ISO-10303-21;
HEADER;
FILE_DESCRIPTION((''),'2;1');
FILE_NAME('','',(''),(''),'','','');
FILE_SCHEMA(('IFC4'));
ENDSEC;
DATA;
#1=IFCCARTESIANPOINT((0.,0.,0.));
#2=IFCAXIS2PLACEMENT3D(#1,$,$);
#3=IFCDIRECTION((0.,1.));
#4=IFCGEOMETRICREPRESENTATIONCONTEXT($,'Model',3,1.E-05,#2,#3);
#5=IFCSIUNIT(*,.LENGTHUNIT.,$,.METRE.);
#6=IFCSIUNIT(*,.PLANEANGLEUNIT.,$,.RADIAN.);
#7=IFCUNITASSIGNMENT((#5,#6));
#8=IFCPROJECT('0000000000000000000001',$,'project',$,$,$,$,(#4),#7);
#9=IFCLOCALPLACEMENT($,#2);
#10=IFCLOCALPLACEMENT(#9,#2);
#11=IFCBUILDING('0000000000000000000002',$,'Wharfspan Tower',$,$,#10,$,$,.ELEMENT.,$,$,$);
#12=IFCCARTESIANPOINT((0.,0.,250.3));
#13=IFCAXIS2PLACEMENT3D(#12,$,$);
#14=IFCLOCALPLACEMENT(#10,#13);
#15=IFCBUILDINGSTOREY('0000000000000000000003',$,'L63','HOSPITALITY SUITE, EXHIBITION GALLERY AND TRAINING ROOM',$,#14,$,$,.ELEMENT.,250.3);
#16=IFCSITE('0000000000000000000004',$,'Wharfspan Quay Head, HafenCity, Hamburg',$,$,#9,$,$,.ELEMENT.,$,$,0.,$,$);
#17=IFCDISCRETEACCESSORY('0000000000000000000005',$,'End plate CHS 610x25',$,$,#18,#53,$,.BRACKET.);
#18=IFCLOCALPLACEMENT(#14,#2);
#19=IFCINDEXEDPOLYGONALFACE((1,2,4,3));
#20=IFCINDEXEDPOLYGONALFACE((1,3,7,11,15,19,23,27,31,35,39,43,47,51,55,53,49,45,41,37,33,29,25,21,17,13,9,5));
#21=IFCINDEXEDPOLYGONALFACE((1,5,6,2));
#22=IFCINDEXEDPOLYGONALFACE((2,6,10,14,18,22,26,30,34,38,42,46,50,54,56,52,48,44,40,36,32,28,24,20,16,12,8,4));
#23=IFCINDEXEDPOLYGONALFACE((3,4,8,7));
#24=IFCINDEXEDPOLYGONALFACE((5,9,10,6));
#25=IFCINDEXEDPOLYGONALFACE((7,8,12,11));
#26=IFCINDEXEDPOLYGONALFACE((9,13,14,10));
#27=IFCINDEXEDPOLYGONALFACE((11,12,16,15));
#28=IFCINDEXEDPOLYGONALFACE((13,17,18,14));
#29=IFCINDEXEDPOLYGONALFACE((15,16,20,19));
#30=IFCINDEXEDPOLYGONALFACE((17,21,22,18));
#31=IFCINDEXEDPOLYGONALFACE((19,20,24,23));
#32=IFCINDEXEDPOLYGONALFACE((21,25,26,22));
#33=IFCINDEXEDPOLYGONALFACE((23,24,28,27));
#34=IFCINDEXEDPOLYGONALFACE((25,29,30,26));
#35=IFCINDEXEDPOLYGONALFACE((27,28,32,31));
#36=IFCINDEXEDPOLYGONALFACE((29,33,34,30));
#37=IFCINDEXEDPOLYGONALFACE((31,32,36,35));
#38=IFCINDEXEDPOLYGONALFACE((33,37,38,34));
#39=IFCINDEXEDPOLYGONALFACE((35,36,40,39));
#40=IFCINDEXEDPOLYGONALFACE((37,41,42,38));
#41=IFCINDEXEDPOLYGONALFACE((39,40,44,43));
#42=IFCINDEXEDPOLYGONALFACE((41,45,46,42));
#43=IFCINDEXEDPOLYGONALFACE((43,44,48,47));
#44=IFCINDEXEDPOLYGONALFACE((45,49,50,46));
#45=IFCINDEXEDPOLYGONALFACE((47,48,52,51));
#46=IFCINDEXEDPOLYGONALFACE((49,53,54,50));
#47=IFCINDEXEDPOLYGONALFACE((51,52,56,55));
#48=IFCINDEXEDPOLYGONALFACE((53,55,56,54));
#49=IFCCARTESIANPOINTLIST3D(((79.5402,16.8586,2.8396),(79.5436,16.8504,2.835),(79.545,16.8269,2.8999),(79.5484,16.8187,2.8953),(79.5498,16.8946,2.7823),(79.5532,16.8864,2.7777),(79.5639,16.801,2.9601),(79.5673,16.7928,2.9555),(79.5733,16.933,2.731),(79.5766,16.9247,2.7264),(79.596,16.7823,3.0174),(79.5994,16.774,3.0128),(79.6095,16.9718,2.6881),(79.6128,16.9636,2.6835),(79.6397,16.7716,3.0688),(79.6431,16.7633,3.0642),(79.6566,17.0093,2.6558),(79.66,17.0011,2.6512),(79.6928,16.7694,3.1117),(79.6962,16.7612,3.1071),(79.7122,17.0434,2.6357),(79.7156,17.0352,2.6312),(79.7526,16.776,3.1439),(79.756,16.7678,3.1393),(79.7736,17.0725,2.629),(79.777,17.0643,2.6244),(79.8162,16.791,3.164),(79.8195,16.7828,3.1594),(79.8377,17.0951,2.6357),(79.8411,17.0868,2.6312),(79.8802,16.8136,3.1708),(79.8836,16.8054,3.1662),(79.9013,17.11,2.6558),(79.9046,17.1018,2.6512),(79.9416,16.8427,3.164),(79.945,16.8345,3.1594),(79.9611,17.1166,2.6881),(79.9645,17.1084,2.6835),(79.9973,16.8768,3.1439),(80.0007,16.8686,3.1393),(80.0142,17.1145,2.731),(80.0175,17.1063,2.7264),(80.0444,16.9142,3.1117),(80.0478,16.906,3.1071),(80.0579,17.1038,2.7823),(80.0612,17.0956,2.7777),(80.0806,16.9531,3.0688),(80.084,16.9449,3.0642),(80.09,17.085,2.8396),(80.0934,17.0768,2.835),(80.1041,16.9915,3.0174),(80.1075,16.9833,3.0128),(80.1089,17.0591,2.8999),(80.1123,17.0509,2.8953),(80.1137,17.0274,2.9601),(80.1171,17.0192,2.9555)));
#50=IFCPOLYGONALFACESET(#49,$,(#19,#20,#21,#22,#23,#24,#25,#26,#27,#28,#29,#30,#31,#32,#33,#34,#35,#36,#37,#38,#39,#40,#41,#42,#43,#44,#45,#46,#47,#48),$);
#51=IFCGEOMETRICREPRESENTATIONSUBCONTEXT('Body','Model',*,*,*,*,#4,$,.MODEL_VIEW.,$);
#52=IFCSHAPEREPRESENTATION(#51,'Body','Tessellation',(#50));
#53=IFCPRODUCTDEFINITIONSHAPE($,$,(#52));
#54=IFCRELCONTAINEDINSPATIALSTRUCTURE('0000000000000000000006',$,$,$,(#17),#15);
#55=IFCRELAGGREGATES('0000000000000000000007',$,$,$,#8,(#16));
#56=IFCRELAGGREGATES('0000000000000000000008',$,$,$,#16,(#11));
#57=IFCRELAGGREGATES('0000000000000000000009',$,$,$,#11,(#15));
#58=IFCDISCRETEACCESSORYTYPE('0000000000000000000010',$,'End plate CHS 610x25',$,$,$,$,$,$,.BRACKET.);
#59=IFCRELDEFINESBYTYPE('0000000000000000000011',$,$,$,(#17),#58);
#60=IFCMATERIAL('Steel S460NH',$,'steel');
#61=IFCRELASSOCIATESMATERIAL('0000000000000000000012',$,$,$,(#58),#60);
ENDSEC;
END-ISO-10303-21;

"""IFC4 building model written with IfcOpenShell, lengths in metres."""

from ifc_helpers import new_model, si_unit, direction, frame, origin, origin_2d, place, context, subcontext, project, spatial, circle, extrude, material, material_profile, profile_set, type_object, element, save


model = new_model("IFC4")

# Units and contexts
model_context = context("Model", 3, precision=1e-05, world=origin(), true_north=direction((0.0, 1.0)))
body_context = subcontext(model_context, "Body", "Model", "MODEL_VIEW")
ifc_project = project(units=[si_unit("LENGTHUNIT", "METRE"), si_unit("PLANEANGLEUNIT", "RADIAN")], contexts=[model_context])

# Site, building, storey
site_placement = place(None, origin())
site = spatial("IfcSite", under=ifc_project, at=site_placement, Name="Wharfspan Quay Head, HafenCity, Hamburg", CompositionType="ELEMENT", RefElevation=0.0)
building_placement = place(site_placement, origin())
building = spatial("IfcBuilding", under=site, at=building_placement, Name="Wharfspan Tower", CompositionType="ELEMENT")
storey_placement = place(building_placement, frame((0.0, 0.0, 250.3)))
storey = spatial("IfcBuildingStorey", under=building, at=storey_placement, Name="L63", Description="HOSPITALITY SUITE, EXHIBITION GALLERY AND TRAINING ROOM", CompositionType="ELEMENT", Elevation=250.3)

# Shared definitions
ifc_material_1 = material(Name="Steel S460NH", Category="steel")

# Discrete accessory
ifc_material_profile_1 = material_profile(ifc_material_1, circle(Radius=0.3049, at=origin_2d()))
ifc_profile_set_1 = profile_set([ifc_material_profile_1], Name="Steel S460NH")
discrete_accessory_type = type_object("IfcDiscreteAccessoryType", Name="End plate CHS 610x25", PredefinedType="BRACKET", material=ifc_profile_set_1)
discrete_accessory_placement = place(storey_placement, frame((79.8303, 16.9348, 2.8953), z_axis=(-0.338259, 0.821486, 0.459066), x_axis=(-0.924676, -0.380749, 0.0)))
element("IfcDiscreteAccessory", 1, at=discrete_accessory_placement, inside=storey, type_object=discrete_accessory_type, Name="End plate CHS 610x25", PredefinedType="BRACKET", context=body_context, shape_type="SweptSolid", body=[
    extrude(circle(Radius=0.3049, at=origin_2d()), origin(), (0.0, 0.0, 1.0), 0.01),
])

save(model, "model.ifc")
